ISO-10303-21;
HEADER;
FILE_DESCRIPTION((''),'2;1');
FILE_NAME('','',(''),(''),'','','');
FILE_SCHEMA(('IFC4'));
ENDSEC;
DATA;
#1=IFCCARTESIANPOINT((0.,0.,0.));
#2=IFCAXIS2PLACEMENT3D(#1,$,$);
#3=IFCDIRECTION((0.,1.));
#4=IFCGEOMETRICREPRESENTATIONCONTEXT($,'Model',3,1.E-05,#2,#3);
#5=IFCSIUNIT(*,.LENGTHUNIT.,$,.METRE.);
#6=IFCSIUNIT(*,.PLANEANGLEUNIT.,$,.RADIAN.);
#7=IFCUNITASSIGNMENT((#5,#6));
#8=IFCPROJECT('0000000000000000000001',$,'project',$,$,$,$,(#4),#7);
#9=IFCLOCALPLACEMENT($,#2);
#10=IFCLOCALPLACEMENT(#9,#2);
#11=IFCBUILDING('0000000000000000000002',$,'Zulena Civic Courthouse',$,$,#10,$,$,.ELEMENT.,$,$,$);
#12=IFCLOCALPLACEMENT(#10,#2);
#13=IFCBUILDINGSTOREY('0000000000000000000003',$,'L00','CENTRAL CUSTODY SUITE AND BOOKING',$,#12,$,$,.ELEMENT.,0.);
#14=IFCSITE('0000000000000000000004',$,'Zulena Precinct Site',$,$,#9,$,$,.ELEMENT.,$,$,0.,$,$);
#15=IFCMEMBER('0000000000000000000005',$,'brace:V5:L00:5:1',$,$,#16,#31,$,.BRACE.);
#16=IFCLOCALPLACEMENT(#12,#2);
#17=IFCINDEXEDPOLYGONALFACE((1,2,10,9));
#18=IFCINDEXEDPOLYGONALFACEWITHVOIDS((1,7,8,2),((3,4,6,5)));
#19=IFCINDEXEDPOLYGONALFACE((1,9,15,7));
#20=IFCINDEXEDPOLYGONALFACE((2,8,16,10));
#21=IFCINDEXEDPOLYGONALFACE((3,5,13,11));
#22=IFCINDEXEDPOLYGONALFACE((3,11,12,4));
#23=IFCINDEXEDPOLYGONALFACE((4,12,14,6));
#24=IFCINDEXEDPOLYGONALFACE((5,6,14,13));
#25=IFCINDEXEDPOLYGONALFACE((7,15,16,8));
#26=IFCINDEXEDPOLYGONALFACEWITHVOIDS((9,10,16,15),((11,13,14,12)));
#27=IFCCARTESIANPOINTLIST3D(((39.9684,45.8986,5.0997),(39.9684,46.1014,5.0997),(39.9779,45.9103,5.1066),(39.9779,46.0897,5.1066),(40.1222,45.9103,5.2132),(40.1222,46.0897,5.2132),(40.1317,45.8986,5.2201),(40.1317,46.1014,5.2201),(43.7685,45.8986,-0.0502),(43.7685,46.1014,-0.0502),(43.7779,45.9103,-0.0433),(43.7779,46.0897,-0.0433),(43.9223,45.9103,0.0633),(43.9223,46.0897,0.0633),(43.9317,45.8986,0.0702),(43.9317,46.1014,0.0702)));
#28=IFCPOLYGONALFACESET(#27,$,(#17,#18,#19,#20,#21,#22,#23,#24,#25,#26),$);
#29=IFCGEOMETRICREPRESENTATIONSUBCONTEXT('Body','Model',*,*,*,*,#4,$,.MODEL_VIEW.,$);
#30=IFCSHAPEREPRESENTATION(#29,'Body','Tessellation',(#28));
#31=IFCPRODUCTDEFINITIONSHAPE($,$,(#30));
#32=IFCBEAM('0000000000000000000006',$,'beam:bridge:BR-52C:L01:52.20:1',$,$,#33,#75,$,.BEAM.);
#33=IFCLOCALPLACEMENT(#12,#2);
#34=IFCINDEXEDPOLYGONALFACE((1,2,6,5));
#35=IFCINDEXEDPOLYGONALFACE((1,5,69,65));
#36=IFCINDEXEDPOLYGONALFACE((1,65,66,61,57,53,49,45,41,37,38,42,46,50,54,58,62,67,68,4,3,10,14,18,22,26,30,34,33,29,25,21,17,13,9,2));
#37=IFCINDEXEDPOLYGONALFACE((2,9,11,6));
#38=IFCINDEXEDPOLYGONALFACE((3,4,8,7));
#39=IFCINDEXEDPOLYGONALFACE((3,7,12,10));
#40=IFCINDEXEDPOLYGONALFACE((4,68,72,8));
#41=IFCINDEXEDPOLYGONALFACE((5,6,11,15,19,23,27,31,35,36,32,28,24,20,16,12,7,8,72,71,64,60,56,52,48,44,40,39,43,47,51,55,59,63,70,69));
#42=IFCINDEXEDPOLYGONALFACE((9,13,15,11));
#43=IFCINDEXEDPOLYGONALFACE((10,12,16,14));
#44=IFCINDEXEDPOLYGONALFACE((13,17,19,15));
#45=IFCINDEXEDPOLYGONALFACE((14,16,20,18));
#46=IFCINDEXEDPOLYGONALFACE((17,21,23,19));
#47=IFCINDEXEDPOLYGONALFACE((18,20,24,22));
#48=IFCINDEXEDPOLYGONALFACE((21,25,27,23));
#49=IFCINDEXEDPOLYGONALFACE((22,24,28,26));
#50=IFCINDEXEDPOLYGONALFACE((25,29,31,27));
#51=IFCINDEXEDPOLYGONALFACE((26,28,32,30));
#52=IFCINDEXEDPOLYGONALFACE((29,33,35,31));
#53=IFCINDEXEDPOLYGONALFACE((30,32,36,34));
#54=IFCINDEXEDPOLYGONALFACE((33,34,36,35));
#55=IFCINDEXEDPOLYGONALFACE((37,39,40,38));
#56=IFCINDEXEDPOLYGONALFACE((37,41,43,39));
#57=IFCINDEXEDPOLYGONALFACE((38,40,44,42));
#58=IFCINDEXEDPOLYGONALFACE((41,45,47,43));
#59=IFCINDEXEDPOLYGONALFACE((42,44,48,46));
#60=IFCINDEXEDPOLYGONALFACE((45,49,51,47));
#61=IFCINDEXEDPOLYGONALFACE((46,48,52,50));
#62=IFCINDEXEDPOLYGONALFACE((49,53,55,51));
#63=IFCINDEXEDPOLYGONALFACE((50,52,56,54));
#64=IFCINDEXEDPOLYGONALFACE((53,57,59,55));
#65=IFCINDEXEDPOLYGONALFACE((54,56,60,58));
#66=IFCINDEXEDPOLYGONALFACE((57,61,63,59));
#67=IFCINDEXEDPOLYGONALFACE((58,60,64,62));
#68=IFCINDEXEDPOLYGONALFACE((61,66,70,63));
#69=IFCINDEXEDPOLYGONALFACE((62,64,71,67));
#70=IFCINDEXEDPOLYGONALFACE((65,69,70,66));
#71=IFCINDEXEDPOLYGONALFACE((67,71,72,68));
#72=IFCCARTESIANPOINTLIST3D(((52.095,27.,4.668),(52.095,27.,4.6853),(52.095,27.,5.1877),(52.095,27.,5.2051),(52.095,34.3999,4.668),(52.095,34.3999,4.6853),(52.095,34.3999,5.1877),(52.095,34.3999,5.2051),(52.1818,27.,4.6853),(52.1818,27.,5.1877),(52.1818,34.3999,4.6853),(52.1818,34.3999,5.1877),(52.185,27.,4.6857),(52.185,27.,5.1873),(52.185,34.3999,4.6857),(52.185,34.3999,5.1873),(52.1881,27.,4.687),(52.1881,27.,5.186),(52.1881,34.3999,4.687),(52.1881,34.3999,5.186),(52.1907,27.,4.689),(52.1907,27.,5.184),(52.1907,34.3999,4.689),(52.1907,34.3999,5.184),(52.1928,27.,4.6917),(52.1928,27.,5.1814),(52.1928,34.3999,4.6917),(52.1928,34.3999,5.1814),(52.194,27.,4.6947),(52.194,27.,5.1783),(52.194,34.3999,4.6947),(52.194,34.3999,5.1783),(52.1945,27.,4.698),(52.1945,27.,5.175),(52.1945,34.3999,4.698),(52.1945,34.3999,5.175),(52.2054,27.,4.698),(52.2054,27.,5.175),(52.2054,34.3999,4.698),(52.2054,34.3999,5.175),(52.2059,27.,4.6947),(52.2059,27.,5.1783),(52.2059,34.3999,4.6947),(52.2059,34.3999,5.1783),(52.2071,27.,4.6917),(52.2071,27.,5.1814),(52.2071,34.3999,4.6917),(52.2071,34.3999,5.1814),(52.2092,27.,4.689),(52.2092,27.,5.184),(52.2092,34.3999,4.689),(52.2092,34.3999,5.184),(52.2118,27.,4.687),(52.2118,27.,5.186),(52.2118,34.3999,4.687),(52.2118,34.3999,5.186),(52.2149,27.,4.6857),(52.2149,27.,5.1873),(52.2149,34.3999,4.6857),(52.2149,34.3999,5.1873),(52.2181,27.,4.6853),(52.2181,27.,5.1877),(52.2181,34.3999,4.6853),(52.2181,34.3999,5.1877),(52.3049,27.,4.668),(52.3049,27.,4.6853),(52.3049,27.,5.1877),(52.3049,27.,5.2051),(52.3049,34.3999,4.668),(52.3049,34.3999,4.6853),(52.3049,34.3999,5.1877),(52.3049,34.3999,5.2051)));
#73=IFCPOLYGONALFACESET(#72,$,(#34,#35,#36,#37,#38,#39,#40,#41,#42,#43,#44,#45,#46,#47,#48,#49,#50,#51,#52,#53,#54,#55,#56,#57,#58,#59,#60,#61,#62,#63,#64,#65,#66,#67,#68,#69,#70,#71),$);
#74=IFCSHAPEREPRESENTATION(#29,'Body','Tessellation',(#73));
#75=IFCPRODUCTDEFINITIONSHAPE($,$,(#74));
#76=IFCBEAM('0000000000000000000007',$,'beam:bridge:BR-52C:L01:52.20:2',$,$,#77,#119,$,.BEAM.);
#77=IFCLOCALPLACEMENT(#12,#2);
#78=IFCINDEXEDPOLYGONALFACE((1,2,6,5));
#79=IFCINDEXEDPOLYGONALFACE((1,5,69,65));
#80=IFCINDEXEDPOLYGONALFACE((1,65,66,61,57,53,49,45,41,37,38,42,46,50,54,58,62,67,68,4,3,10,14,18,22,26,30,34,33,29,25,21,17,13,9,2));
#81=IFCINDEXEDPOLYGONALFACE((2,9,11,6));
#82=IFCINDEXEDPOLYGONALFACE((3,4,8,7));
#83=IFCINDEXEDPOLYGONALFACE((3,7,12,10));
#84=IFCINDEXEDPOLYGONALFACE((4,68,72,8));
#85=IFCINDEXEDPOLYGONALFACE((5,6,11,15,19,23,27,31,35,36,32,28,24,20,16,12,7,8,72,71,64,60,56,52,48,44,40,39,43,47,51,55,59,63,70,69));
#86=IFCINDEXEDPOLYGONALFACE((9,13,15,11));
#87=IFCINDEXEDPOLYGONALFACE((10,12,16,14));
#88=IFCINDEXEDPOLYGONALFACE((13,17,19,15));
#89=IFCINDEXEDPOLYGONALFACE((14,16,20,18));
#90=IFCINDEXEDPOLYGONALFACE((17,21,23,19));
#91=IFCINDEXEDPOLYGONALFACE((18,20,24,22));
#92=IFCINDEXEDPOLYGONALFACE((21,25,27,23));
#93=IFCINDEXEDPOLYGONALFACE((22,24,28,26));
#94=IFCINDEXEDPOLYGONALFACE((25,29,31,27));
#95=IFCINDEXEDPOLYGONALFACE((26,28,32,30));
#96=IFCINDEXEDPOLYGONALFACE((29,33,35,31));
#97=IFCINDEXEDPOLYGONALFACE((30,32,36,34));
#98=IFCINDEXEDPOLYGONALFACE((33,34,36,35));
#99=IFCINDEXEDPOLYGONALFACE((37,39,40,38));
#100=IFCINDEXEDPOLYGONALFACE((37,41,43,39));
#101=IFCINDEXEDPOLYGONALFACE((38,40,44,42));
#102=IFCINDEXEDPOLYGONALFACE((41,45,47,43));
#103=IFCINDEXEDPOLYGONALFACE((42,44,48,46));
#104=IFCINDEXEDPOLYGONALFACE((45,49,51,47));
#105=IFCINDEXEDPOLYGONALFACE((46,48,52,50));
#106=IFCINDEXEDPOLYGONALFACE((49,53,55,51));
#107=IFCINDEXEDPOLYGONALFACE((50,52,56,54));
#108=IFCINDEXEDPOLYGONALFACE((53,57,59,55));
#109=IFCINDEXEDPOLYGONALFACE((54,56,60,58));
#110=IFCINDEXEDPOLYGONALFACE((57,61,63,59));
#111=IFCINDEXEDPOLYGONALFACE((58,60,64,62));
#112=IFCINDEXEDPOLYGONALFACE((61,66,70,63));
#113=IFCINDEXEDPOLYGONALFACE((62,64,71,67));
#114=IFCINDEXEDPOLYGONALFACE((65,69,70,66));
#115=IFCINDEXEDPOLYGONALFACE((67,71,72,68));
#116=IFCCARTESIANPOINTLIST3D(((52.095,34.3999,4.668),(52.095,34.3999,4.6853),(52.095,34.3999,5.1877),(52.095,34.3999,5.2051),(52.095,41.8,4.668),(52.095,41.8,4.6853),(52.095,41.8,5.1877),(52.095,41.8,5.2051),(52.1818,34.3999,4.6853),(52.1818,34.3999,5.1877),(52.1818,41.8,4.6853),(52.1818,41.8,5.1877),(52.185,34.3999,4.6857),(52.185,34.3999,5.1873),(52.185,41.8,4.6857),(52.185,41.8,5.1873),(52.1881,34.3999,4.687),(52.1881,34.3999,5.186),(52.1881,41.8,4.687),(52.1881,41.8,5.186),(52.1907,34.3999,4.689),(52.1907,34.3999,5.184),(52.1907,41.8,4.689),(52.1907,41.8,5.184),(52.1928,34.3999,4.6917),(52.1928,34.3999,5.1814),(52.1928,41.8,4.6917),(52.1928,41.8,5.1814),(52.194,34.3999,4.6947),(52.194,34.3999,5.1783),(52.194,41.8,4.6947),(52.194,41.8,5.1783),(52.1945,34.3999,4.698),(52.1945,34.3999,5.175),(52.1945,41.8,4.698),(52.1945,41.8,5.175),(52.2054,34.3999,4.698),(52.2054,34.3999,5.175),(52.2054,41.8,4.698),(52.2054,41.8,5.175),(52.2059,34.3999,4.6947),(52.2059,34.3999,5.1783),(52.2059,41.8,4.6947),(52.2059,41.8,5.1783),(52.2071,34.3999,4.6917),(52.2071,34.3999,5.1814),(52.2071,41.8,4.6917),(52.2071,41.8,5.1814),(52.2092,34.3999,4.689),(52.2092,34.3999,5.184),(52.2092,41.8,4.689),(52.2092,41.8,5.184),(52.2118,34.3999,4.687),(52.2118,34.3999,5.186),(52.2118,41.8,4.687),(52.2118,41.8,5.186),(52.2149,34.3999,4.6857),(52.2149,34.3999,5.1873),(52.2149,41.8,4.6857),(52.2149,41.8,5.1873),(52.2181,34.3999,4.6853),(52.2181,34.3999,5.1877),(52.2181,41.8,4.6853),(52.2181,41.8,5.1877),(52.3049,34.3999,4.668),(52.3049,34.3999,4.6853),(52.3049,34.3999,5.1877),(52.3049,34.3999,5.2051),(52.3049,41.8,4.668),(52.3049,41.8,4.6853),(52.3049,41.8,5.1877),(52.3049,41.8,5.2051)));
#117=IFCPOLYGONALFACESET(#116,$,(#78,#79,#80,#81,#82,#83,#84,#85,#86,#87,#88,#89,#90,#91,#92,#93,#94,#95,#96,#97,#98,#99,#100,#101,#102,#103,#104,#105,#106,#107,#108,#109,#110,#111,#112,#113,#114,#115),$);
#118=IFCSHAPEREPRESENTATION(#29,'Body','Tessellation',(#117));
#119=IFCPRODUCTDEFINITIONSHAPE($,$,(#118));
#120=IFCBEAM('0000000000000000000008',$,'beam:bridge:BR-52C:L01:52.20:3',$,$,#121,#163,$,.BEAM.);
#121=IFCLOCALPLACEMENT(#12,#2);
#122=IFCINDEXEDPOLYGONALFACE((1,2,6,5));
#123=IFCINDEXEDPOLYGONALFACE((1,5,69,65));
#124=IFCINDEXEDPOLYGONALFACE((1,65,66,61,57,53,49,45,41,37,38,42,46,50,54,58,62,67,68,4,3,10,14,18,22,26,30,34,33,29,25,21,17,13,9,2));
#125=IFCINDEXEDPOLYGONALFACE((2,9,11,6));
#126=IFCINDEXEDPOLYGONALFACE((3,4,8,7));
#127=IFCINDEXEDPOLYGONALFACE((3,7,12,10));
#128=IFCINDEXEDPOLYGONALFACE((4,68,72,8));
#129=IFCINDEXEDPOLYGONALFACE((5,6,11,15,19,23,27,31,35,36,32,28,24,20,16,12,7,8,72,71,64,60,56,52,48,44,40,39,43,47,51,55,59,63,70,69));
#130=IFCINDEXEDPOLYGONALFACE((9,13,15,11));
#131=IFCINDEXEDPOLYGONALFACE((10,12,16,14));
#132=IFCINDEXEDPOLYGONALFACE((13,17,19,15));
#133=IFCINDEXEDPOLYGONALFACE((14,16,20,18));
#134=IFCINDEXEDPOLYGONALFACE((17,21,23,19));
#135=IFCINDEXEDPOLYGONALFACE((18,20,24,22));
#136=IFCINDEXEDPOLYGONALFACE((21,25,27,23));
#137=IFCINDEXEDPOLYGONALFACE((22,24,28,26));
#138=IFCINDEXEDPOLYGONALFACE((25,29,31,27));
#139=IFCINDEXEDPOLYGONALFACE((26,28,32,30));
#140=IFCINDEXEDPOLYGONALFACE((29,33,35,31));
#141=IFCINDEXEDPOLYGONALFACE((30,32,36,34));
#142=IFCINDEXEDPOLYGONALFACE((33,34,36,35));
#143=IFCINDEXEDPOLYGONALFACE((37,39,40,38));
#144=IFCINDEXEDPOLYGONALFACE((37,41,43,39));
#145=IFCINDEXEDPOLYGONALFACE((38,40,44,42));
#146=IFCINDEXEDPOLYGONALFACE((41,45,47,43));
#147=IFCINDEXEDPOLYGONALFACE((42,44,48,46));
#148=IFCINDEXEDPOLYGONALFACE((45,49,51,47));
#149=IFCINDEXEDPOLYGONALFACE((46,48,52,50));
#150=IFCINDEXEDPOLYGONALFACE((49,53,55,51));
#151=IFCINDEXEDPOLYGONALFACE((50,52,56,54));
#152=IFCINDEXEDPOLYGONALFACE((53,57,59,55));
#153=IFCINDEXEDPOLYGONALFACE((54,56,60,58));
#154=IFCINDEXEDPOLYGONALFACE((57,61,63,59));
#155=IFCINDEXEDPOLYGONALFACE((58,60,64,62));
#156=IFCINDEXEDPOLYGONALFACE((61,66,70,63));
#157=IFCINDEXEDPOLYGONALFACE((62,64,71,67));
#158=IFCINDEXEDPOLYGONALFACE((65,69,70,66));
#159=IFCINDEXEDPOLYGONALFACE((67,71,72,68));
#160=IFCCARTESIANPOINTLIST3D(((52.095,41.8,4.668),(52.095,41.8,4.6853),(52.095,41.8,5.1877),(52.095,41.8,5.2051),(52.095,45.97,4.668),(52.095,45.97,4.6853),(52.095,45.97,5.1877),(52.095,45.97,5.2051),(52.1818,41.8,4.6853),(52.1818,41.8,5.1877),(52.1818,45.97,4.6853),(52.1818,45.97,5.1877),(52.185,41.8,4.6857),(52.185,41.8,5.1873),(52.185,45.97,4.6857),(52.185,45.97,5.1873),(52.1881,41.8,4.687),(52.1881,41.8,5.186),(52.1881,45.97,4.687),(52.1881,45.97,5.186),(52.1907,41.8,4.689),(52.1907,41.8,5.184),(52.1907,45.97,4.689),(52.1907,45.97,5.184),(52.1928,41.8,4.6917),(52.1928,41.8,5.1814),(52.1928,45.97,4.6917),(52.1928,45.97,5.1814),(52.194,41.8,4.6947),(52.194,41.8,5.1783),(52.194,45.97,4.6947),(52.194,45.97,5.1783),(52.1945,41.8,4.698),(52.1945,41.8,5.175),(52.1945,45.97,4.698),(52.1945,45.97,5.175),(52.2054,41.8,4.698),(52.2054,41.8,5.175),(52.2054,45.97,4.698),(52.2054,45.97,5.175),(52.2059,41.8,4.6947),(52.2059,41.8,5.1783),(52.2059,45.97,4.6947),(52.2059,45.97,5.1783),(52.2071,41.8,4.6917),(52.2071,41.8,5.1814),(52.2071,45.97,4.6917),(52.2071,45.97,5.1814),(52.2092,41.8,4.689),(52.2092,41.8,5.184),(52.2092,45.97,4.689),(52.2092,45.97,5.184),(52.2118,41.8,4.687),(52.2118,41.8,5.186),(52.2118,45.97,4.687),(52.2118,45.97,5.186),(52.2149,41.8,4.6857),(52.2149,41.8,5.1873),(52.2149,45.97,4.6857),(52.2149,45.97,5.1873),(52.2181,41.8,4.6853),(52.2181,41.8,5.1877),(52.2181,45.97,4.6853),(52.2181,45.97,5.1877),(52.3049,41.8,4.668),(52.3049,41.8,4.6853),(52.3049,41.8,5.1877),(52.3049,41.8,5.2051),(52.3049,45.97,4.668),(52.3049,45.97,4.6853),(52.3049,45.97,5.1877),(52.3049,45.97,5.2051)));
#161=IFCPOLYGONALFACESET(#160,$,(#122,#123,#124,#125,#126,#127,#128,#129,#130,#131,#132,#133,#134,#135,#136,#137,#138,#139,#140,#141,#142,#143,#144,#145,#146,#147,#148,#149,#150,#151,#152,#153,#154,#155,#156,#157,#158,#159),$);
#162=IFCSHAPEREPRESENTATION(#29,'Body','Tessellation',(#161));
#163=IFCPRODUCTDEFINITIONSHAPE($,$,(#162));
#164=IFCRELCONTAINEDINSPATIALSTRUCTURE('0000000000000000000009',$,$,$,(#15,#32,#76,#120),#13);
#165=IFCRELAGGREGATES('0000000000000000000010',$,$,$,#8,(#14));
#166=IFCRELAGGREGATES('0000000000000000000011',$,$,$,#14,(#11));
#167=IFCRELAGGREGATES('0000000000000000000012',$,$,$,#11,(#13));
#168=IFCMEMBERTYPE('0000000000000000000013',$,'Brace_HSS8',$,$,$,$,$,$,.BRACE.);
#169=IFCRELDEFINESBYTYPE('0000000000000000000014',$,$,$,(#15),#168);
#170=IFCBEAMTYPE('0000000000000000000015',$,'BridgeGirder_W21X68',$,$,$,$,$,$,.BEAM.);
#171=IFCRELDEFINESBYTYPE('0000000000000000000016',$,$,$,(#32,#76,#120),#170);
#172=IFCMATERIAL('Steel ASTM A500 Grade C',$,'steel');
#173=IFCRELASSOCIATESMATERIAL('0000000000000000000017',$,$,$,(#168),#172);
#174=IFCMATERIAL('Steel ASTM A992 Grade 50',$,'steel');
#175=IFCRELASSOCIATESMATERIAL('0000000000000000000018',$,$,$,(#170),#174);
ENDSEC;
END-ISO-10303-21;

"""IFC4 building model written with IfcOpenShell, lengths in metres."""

from ifc_helpers import new_model, si_unit, direction, frame, origin, origin_2d, place, context, subcontext, project, spatial, hollow_rectangle, i_section, extrude, material, material_profile, profile_set, type_object, element, save


model = new_model("IFC4")

# Units and contexts
model_context = context("Model", 3, precision=1e-05, world=origin(), true_north=direction((0.0, 1.0)))
body_context = subcontext(model_context, "Body", "Model", "MODEL_VIEW")
ifc_project = project(units=[si_unit("LENGTHUNIT", "METRE"), si_unit("PLANEANGLEUNIT", "RADIAN")], contexts=[model_context])

# Site, building, storey
site_placement = place(None, origin())
site = spatial("IfcSite", under=ifc_project, at=site_placement, Name="Zulena Precinct Site", CompositionType="ELEMENT", RefElevation=0.0)
building_placement = place(site_placement, origin())
building = spatial("IfcBuilding", under=site, at=building_placement, Name="Zulena Civic Courthouse", CompositionType="ELEMENT")
storey_placement = place(building_placement, origin())
storey = spatial("IfcBuildingStorey", under=building, at=storey_placement, Name="L00", Description="CENTRAL CUSTODY SUITE AND BOOKING", CompositionType="ELEMENT", Elevation=0.0)

# Shared definitions
ifc_material_1 = material(Name="Steel ASTM A992 Grade 50", Category="steel")

# Member
ifc_material_2 = material(Name="Steel ASTM A500 Grade C", Category="steel")
ifc_material_profile_1 = material_profile(ifc_material_2, hollow_rectangle(XDim=0.2029, YDim=0.2029, WallThickness=0.0117, at=origin_2d()), Name="HSS8X8X1/2")
ifc_profile_set_1 = profile_set([ifc_material_profile_1], Name="Steel ASTM A500 Grade C")
member_type = type_object("IfcMemberType", Name="Brace_HSS8", PredefinedType="BRACE", material=ifc_profile_set_1)
member_placement = place(storey_placement, frame((43.8501, 46.0, 0.01), z_axis=(-0.593744, 0.0, 0.804654), x_axis=(0.0, -1.0, 0.0)))
element("IfcMember", 1, at=member_placement, inside=storey, type_object=member_type, Name="brace:V5:L00:5:1", PredefinedType="BRACE", context=body_context, shape_type="SweptSolid", body=[
    extrude(hollow_rectangle(XDim=0.2029, YDim=0.2029, WallThickness=0.0117, at=origin_2d()), origin(), (0.0, 0.0, 1.0), 6.4001),
])

# Beams
ifc_material_profile_2 = material_profile(ifc_material_1, i_section(OverallWidth=0.21, OverallDepth=0.5371, WebThickness=0.011, FlangeThickness=0.0173, FilletRadius=0.0127, at=origin_2d()), Name="W21X68")
ifc_profile_set_2 = profile_set([ifc_material_profile_2], Name="Steel ASTM A992 Grade 50")
beam_type_1 = type_object("IfcBeamType", Name="BridgeGirder_W21X68", PredefinedType="BEAM", material=ifc_profile_set_2)
beam_1_placement = place(storey_placement, frame((52.2, 27.0, 4.9365), z_axis=(0.0, 1.0, 0.0), x_axis=(-1.0, 0.0, 0.0)))
element("IfcBeam", 2, at=beam_1_placement, inside=storey, type_object=beam_type_1, Name="beam:bridge:BR-52C:L01:52.20:1", PredefinedType="BEAM", context=body_context, shape_type="SweptSolid", body=[
    extrude(i_section(OverallWidth=0.21, OverallDepth=0.5371, WebThickness=0.011, FlangeThickness=0.0173, FilletRadius=0.0127, at=origin_2d()), origin(), (0.0, 0.0, 1.0), 7.3999),
])
beam_2_placement = place(storey_placement, frame((52.2, 34.3999, 4.9365), z_axis=(0.0, 1.0, 0.0), x_axis=(-1.0, 0.0, 0.0)))
element("IfcBeam", 3, at=beam_2_placement, inside=storey, type_object=beam_type_1, Name="beam:bridge:BR-52C:L01:52.20:2", PredefinedType="BEAM", context=body_context, shape_type="SweptSolid", body=[
    extrude(i_section(OverallWidth=0.21, OverallDepth=0.5371, WebThickness=0.011, FlangeThickness=0.0173, FilletRadius=0.0127, at=origin_2d()), origin(), (0.0, 0.0, 1.0), 7.4001),
])
beam_3_placement = place(storey_placement, frame((52.2, 41.8, 4.9365), z_axis=(0.0, 1.0, 0.0), x_axis=(-1.0, 0.0, 0.0)))
element("IfcBeam", 4, at=beam_3_placement, inside=storey, type_object=beam_type_1, Name="beam:bridge:BR-52C:L01:52.20:3", PredefinedType="BEAM", context=body_context, shape_type="SweptSolid", body=[
    extrude(i_section(OverallWidth=0.21, OverallDepth=0.5371, WebThickness=0.011, FlangeThickness=0.0173, FilletRadius=0.0127, at=origin_2d()), origin(), (0.0, 0.0, 1.0), 4.1699),
])

save(model, "model.ifc")
